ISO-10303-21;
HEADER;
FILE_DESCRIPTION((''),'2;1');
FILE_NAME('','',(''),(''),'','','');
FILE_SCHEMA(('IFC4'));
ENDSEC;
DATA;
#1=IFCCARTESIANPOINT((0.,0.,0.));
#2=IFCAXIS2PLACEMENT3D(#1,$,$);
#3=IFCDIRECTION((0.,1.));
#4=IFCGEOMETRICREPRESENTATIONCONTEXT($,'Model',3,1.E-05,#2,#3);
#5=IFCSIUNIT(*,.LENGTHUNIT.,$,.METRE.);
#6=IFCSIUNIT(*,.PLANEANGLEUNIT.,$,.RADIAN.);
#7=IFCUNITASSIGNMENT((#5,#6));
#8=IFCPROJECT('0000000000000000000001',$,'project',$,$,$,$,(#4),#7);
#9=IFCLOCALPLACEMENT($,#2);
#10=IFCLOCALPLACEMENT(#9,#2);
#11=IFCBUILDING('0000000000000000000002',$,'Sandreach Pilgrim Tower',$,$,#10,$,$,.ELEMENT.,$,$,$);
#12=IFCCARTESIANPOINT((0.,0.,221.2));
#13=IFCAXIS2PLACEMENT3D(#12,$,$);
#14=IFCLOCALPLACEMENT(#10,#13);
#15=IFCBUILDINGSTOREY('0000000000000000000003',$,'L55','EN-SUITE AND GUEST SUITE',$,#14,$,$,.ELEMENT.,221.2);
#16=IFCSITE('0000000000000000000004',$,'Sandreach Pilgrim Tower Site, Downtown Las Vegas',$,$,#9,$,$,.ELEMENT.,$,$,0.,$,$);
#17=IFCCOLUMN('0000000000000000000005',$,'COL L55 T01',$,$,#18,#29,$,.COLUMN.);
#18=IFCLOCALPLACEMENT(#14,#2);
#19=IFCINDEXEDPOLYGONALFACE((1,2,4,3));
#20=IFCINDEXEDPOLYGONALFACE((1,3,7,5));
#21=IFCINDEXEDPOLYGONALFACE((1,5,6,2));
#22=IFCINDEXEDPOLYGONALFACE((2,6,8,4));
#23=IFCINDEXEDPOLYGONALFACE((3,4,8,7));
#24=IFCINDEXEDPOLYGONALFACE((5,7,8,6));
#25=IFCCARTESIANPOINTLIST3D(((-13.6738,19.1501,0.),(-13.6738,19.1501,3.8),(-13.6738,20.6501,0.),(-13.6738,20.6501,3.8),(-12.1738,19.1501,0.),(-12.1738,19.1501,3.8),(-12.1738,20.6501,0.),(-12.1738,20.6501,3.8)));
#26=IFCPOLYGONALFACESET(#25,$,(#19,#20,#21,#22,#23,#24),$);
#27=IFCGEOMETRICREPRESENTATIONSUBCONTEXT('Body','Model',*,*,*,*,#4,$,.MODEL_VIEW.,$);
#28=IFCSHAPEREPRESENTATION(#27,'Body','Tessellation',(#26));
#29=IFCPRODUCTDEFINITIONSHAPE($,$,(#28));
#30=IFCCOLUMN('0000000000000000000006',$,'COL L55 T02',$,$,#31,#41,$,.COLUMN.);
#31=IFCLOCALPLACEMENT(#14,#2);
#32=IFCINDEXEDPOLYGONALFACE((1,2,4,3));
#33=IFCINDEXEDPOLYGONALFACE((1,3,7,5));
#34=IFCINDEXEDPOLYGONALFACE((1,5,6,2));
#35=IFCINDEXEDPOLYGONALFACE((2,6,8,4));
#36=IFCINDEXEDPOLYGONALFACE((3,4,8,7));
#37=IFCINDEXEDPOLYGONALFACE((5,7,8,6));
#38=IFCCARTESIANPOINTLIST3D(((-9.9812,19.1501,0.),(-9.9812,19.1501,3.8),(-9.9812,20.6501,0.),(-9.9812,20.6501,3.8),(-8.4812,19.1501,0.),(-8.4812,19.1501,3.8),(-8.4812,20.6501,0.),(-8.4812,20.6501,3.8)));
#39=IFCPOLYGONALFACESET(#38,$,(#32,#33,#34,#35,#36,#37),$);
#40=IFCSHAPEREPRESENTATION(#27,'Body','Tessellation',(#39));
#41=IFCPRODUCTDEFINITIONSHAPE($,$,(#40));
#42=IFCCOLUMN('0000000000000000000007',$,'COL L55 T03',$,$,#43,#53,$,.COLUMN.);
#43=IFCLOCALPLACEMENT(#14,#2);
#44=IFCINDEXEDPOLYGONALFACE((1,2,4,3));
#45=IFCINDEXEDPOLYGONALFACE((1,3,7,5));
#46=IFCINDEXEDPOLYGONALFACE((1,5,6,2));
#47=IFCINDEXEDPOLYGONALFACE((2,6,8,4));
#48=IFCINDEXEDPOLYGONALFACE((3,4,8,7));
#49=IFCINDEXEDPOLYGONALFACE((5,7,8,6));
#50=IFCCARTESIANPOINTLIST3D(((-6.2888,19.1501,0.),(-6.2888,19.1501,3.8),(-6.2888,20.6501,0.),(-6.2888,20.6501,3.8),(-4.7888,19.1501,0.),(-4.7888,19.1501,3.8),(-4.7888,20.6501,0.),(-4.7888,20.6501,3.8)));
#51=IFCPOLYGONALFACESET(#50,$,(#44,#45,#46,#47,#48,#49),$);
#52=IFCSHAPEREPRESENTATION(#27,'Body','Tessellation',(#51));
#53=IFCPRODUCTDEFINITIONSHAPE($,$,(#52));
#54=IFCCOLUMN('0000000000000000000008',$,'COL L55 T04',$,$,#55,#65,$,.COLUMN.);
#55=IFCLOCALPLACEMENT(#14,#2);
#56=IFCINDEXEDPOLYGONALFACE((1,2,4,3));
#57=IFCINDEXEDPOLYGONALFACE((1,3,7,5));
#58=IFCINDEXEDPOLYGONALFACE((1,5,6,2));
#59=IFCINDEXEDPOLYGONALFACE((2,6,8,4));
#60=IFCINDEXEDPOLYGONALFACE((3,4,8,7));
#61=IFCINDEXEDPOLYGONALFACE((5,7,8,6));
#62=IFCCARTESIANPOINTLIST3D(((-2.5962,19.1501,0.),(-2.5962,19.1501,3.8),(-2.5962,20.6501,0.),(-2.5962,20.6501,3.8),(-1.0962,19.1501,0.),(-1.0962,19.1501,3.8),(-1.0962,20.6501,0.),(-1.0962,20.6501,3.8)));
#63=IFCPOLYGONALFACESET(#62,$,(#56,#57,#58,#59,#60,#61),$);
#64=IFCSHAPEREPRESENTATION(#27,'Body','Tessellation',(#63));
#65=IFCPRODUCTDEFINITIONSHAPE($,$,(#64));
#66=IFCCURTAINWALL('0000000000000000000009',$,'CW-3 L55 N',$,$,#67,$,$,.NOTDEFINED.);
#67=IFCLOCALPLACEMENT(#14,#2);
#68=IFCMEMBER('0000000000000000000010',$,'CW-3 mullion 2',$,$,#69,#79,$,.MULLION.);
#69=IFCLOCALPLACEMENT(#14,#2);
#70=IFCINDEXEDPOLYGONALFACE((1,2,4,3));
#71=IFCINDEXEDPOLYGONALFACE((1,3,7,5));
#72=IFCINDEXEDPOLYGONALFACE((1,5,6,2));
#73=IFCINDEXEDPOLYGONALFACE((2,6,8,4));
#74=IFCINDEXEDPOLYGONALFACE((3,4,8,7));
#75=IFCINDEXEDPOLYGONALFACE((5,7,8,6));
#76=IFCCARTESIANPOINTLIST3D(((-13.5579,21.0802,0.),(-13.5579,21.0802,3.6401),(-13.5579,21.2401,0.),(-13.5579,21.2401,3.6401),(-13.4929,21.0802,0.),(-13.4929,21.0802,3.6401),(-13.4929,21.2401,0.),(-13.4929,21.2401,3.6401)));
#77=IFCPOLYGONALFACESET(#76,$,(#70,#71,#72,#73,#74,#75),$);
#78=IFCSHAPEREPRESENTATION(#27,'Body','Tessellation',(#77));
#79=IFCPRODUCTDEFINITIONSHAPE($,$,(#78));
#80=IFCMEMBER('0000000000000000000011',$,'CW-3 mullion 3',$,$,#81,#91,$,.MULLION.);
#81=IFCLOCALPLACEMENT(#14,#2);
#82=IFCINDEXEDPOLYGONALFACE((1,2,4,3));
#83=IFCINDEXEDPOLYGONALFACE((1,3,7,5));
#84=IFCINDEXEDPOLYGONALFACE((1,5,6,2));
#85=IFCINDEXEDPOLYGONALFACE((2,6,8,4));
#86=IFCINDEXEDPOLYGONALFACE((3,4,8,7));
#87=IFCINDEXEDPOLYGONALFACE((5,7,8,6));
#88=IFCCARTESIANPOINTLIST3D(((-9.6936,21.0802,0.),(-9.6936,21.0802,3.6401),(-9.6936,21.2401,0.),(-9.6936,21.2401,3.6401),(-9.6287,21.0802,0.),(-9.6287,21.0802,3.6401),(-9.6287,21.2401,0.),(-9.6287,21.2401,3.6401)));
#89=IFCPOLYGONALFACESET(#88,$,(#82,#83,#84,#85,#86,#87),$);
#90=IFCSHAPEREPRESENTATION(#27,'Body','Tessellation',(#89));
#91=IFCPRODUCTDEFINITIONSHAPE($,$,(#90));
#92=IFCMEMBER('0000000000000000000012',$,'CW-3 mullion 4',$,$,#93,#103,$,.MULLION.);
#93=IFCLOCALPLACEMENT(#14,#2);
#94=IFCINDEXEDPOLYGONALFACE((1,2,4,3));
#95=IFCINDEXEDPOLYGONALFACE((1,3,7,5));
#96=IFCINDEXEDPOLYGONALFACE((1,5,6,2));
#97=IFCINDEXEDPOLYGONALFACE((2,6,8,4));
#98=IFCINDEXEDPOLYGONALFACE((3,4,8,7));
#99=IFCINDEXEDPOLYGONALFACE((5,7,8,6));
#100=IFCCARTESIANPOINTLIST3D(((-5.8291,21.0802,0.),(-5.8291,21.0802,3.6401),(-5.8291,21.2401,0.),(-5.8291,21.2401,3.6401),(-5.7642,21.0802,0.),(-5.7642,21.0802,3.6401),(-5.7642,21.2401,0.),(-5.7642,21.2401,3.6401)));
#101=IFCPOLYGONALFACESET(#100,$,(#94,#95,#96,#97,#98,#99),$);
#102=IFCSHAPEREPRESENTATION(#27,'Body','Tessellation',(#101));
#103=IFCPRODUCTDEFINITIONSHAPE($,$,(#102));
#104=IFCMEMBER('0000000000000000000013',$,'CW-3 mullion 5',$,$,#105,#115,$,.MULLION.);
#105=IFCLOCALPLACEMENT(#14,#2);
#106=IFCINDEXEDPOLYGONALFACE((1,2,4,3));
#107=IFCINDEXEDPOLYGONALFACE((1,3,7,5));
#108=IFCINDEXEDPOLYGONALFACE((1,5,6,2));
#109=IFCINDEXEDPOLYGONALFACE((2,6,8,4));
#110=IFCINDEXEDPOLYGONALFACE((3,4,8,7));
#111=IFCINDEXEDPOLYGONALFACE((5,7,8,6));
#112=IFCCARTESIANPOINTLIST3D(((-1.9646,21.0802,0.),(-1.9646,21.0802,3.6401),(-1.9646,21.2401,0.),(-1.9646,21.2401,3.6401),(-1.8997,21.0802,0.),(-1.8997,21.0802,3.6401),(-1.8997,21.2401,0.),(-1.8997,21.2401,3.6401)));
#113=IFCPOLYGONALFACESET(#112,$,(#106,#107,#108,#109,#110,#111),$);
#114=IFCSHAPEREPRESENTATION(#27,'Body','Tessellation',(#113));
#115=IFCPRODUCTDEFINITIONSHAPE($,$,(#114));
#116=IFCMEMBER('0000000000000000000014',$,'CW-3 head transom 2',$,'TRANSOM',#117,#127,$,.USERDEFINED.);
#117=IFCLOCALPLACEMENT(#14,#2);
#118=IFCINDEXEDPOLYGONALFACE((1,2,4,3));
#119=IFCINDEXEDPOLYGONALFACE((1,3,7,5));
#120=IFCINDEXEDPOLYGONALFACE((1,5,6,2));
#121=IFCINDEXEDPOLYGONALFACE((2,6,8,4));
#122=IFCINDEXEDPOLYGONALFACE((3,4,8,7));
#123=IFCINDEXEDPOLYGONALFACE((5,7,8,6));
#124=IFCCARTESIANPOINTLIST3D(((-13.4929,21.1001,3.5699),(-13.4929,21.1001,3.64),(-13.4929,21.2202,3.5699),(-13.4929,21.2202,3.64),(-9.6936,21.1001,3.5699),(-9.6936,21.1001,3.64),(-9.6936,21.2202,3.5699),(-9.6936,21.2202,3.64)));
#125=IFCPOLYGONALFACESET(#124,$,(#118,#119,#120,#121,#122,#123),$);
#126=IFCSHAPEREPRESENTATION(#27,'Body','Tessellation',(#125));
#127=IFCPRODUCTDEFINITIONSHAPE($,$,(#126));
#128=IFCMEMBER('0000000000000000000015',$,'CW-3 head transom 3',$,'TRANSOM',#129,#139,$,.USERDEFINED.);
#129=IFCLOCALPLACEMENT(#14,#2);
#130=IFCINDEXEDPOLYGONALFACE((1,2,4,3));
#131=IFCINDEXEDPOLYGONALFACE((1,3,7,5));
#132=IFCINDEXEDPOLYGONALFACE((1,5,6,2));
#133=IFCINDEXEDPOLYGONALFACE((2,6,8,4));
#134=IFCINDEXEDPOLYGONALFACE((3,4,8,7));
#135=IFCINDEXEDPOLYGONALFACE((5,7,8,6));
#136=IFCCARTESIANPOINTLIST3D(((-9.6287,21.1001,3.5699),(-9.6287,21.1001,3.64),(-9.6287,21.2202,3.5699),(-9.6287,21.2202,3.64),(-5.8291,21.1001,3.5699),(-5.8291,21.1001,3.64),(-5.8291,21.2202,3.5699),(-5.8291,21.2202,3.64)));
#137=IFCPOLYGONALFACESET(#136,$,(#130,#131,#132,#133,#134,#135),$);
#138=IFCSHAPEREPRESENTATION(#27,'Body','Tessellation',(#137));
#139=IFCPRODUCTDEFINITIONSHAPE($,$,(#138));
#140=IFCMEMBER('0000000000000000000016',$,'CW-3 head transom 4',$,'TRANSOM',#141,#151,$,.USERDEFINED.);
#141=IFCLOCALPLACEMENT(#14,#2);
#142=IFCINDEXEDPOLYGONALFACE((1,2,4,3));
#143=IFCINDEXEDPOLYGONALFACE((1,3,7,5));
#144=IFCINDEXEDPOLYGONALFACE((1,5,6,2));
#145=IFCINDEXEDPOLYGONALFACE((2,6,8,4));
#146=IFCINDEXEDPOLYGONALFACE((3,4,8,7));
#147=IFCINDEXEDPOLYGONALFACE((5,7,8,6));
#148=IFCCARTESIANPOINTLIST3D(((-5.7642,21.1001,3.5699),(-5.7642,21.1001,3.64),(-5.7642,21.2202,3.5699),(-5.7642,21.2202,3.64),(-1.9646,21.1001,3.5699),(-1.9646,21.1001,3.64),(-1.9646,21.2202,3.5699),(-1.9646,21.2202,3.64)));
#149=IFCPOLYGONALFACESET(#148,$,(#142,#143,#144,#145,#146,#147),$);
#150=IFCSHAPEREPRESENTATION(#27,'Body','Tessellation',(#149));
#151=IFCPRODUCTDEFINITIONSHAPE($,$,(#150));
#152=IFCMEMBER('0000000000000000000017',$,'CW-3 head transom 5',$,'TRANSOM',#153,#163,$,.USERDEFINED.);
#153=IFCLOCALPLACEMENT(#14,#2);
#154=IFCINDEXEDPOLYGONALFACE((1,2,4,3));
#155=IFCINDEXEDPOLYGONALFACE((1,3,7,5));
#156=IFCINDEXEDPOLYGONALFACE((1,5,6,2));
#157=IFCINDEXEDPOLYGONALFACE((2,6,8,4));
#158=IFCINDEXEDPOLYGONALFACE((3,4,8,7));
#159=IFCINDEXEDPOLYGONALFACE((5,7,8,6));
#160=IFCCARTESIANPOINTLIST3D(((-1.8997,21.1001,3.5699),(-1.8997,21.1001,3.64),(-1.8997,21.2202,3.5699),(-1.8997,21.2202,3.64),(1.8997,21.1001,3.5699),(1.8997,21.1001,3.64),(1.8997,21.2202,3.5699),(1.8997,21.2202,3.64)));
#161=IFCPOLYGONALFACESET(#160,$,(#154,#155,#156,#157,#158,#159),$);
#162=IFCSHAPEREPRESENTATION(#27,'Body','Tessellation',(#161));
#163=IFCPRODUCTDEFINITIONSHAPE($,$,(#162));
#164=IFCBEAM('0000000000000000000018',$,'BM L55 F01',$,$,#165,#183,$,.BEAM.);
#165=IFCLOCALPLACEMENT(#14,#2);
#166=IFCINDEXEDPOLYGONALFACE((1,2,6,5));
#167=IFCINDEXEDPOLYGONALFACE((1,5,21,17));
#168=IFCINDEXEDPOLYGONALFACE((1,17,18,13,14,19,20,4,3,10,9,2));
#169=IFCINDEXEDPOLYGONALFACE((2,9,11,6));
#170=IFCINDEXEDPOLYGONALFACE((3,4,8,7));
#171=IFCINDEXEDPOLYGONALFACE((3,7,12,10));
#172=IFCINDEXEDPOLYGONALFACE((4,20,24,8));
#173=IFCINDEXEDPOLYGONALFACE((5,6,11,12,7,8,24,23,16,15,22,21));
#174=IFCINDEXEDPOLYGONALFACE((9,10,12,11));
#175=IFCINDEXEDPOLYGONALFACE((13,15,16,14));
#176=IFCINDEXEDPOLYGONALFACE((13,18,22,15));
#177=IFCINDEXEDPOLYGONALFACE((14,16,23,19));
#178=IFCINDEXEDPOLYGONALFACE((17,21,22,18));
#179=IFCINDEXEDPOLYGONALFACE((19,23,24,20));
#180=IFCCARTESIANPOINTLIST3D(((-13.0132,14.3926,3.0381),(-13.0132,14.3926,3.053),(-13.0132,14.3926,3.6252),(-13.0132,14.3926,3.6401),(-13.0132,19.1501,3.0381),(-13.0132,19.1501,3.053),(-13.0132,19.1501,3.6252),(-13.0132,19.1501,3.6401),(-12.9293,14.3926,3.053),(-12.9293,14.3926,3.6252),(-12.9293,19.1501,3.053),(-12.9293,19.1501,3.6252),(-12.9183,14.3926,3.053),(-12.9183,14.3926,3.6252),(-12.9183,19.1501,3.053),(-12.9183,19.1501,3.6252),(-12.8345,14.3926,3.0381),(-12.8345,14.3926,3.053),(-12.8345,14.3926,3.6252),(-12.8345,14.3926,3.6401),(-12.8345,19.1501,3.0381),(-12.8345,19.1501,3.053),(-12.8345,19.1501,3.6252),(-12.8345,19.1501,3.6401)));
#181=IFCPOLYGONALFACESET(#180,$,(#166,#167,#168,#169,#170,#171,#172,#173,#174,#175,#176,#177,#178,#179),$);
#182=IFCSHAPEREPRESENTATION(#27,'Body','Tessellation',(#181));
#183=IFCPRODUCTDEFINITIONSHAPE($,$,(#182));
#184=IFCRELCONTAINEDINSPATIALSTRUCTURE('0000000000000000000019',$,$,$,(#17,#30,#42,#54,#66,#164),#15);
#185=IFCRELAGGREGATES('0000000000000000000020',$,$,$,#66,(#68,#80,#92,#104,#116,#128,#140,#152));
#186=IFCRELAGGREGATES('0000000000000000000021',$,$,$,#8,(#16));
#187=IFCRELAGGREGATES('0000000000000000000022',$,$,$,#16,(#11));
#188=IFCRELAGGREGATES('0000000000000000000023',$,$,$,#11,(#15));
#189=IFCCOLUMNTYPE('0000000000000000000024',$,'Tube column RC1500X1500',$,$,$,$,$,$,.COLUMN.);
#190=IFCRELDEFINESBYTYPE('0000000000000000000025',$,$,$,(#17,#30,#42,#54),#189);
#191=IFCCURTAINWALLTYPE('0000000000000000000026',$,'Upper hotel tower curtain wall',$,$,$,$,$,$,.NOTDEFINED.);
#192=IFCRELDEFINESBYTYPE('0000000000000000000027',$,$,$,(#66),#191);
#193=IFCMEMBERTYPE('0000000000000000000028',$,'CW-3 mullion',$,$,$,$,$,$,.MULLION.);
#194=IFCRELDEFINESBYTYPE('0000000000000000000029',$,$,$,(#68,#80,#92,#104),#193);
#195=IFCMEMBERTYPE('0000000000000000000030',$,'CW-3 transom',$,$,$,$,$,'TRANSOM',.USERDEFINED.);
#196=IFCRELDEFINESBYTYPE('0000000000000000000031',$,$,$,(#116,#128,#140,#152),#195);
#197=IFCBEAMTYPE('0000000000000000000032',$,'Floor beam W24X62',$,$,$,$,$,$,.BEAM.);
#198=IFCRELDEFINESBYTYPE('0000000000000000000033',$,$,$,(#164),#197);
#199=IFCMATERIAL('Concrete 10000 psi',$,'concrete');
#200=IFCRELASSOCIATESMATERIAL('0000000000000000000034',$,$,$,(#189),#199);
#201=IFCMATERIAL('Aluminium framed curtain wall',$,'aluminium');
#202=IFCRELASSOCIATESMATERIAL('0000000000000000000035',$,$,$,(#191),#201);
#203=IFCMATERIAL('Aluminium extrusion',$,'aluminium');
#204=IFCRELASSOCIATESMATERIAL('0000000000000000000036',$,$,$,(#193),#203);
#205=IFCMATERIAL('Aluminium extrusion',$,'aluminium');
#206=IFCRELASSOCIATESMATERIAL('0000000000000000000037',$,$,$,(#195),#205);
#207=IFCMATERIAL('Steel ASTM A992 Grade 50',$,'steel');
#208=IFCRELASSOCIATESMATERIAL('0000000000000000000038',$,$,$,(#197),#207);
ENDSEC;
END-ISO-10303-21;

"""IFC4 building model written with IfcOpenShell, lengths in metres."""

from ifc_helpers import new_model, si_unit, direction, frame, origin, origin_2d, place, context, subcontext, project, spatial, rectangle, i_section, extrude, material, material_profile, profile_set, type_object, element, aggregate, save


model = new_model("IFC4")

# Units and contexts
model_context = context("Model", 3, precision=1e-05, world=origin(), true_north=direction((0.0, 1.0)))
body_context = subcontext(model_context, "Body", "Model", "MODEL_VIEW")
ifc_project = project(units=[si_unit("LENGTHUNIT", "METRE"), si_unit("PLANEANGLEUNIT", "RADIAN")], contexts=[model_context])

# Site, building, storey
site_placement = place(None, origin())
site = spatial("IfcSite", under=ifc_project, at=site_placement, Name="Sandreach Pilgrim Tower Site, Downtown Las Vegas", CompositionType="ELEMENT", RefElevation=0.0)
building_placement = place(site_placement, origin())
building = spatial("IfcBuilding", under=site, at=building_placement, Name="Sandreach Pilgrim Tower", CompositionType="ELEMENT")
storey_placement = place(building_placement, frame((0.0, 0.0, 221.2)))
storey = spatial("IfcBuildingStorey", under=building, at=storey_placement, Name="L55", Description="EN-SUITE AND GUEST SUITE", CompositionType="ELEMENT", Elevation=221.2)

# Columns
ifc_material_1 = material(Name="Concrete 10000 psi", Category="concrete")
ifc_material_profile_1 = material_profile(ifc_material_1, rectangle(XDim=1.5, YDim=1.5, at=origin_2d()), Name="RC1500X1500")
ifc_profile_set_1 = profile_set([ifc_material_profile_1], Name="Concrete 10000 psi")
column_type = type_object("IfcColumnType", Name="Tube column RC1500X1500", PredefinedType="COLUMN", material=ifc_profile_set_1)
for number, where, z_axis, x_axis, name in (
    (1, (-12.9238, 19.9001, 0.0), (0.0, 0.0, 1.0), (0.0, 1.0, 0.0), "COL L55 T01"),
    (2, (-9.2312, 19.9001, 0.0), (0.0, 0.0, 1.0), (0.0, 1.0, 0.0), "COL L55 T02"),
    (3, (-5.5388, 19.9001, 0.0), (0.0, 0.0, 1.0), (0.0, 1.0, 0.0), "COL L55 T03"),
    (4, (-1.8462, 19.9001, 0.0), (0.0, 0.0, 1.0), (0.0, 1.0, 0.0), "COL L55 T04"),
):
    element("IfcColumn", number, at=place(storey_placement, frame(where, z_axis=z_axis, x_axis=x_axis)), inside=storey, type_object=column_type, Name=name, PredefinedType="COLUMN", context=body_context, shape_type="SweptSolid", body=[
        extrude(rectangle(XDim=1.5, YDim=1.5, at=origin_2d()), origin(), (0.0, 0.0, 1.0), 3.8),
    ])

# Curtain wall, members
ifc_material_2 = material(Name="Aluminium framed curtain wall", Category="aluminium")
curtain_wall_type = type_object("IfcCurtainWallType", Name="Upper hotel tower curtain wall", PredefinedType="NOTDEFINED", material=ifc_material_2)
curtain_wall_placement = place(storey_placement, origin())
curtain_wall = element("IfcCurtainWall", 5, at=curtain_wall_placement, inside=storey, type_object=curtain_wall_type, Name="CW-3 L55 N", PredefinedType="NOTDEFINED")
ifc_material_3 = material(Name="Aluminium extrusion", Category="aluminium")
ifc_material_profile_2 = material_profile(ifc_material_3, rectangle(XDim=0.0649, YDim=0.1599, at=origin_2d()), Name="CW-3M 65X160")
ifc_profile_set_2 = profile_set([ifc_material_profile_2], Name="Aluminium extrusion")
member_type_1 = type_object("IfcMemberType", Name="CW-3 mullion", PredefinedType="MULLION", material=ifc_profile_set_2)
member_1_placement = place(storey_placement, frame((-13.5254, 21.1602, 0.0), z_axis=(0.0, 0.0, 1.0), x_axis=(1.0, 0.0, 0.0)))
member_1 = element("IfcMember", 6, at=member_1_placement, type_object=member_type_1, Name="CW-3 mullion 2", PredefinedType="MULLION", context=body_context, shape_type="SweptSolid", body=[
    extrude(rectangle(XDim=0.0649, YDim=0.1599, at=origin_2d()), origin(), (0.0, 0.0, 1.0), 3.6401),
])
member_2_placement = place(storey_placement, frame((-9.6611, 21.1602, 0.0), z_axis=(0.0, 0.0, 1.0), x_axis=(1.0, 0.0, 0.0)))
member_2 = element("IfcMember", 7, at=member_2_placement, type_object=member_type_1, Name="CW-3 mullion 3", PredefinedType="MULLION", context=body_context, shape_type="SweptSolid", body=[
    extrude(rectangle(XDim=0.0649, YDim=0.1599, at=origin_2d()), origin(), (0.0, 0.0, 1.0), 3.6401),
])
member_3_placement = place(storey_placement, frame((-5.7966, 21.1602, 0.0), z_axis=(0.0, 0.0, 1.0), x_axis=(1.0, 0.0, 0.0)))
member_3 = element("IfcMember", 8, at=member_3_placement, type_object=member_type_1, Name="CW-3 mullion 4", PredefinedType="MULLION", context=body_context, shape_type="SweptSolid", body=[
    extrude(rectangle(XDim=0.0649, YDim=0.1599, at=origin_2d()), origin(), (0.0, 0.0, 1.0), 3.6401),
])
member_4_placement = place(storey_placement, frame((-1.9321, 21.1602, 0.0), z_axis=(0.0, 0.0, 1.0), x_axis=(1.0, 0.0, 0.0)))
member_4 = element("IfcMember", 9, at=member_4_placement, type_object=member_type_1, Name="CW-3 mullion 5", PredefinedType="MULLION", context=body_context, shape_type="SweptSolid", body=[
    extrude(rectangle(XDim=0.0649, YDim=0.1599, at=origin_2d()), origin(), (0.0, 0.0, 1.0), 3.6401),
])
ifc_material_4 = material(Name="Aluminium extrusion", Category="aluminium")
ifc_material_profile_3 = material_profile(ifc_material_4, rectangle(XDim=0.1201, YDim=0.0701, at=origin_2d()), Name="CW-3T 120X70")
ifc_profile_set_3 = profile_set([ifc_material_profile_3], Name="Aluminium extrusion")
member_type_2 = type_object("IfcMemberType", Name="CW-3 transom", ElementType="TRANSOM", PredefinedType="USERDEFINED", material=ifc_profile_set_3)
member_5_placement = place(storey_placement, frame((-13.4929, 21.1602, 3.605), z_axis=(1.0, 0.0, 0.0), x_axis=(0.0, 1.0, 0.0)))
member_5 = element("IfcMember", 10, at=member_5_placement, type_object=member_type_2, Name="CW-3 head transom 2", ObjectType="TRANSOM", PredefinedType="USERDEFINED", context=body_context, shape_type="SweptSolid", body=[
    extrude(rectangle(XDim=0.1201, YDim=0.0701, at=origin_2d()), origin(), (0.0, 0.0, 1.0), 3.7993),
])
member_6_placement = place(storey_placement, frame((-9.6287, 21.1602, 3.605), z_axis=(1.0, 0.0, 0.0), x_axis=(0.0, 1.0, 0.0)))
member_6 = element("IfcMember", 11, at=member_6_placement, type_object=member_type_2, Name="CW-3 head transom 3", ObjectType="TRANSOM", PredefinedType="USERDEFINED", context=body_context, shape_type="SweptSolid", body=[
    extrude(rectangle(XDim=0.1201, YDim=0.0701, at=origin_2d()), origin(), (0.0, 0.0, 1.0), 3.7996),
])
member_7_placement = place(storey_placement, frame((-5.7642, 21.1602, 3.605), z_axis=(1.0, 0.0, 0.0), x_axis=(0.0, 1.0, 0.0)))
member_7 = element("IfcMember", 12, at=member_7_placement, type_object=member_type_2, Name="CW-3 head transom 4", ObjectType="TRANSOM", PredefinedType="USERDEFINED", context=body_context, shape_type="SweptSolid", body=[
    extrude(rectangle(XDim=0.1201, YDim=0.0701, at=origin_2d()), origin(), (0.0, 0.0, 1.0), 3.7996),
])
member_8_placement = place(storey_placement, frame((-1.8997, 21.1602, 3.605), z_axis=(1.0, 0.0, 0.0), x_axis=(0.0, 1.0, 0.0)))
member_8 = element("IfcMember", 13, at=member_8_placement, type_object=member_type_2, Name="CW-3 head transom 5", ObjectType="TRANSOM", PredefinedType="USERDEFINED", context=body_context, shape_type="SweptSolid", body=[
    extrude(rectangle(XDim=0.1201, YDim=0.0701, at=origin_2d()), origin(), (0.0, 0.0, 1.0), 3.7993),
])

# Beam
ifc_material_5 = material(Name="Steel ASTM A992 Grade 50", Category="steel")
ifc_material_profile_4 = material_profile(ifc_material_5, i_section(OverallWidth=0.1787, OverallDepth=0.6021, WebThickness=0.011, FlangeThickness=0.0149, at=origin_2d()), Name="W24X62")
ifc_profile_set_4 = profile_set([ifc_material_profile_4], Name="Steel ASTM A992 Grade 50")
beam_type_1 = type_object("IfcBeamType", Name="Floor beam W24X62", PredefinedType="BEAM", material=ifc_profile_set_4)
beam_1_placement = place(storey_placement, frame((-12.9238, 19.1501, 3.3391), z_axis=(0.0, -1.0, 0.0), x_axis=(1.0, 0.0, 0.0)))
element("IfcBeam", 14, at=beam_1_placement, inside=storey, type_object=beam_type_1, Name="BM L55 F01", PredefinedType="BEAM", context=body_context, shape_type="SweptSolid", body=[
    extrude(i_section(OverallWidth=0.1787, OverallDepth=0.6021, WebThickness=0.011, FlangeThickness=0.0149, at=origin_2d()), origin(), (0.0, 0.0, 1.0), 4.7576),
])

aggregate(curtain_wall, [member_1, member_2, member_3, member_4, member_5, member_6, member_7, member_8])

save(model, "model.ifc")
